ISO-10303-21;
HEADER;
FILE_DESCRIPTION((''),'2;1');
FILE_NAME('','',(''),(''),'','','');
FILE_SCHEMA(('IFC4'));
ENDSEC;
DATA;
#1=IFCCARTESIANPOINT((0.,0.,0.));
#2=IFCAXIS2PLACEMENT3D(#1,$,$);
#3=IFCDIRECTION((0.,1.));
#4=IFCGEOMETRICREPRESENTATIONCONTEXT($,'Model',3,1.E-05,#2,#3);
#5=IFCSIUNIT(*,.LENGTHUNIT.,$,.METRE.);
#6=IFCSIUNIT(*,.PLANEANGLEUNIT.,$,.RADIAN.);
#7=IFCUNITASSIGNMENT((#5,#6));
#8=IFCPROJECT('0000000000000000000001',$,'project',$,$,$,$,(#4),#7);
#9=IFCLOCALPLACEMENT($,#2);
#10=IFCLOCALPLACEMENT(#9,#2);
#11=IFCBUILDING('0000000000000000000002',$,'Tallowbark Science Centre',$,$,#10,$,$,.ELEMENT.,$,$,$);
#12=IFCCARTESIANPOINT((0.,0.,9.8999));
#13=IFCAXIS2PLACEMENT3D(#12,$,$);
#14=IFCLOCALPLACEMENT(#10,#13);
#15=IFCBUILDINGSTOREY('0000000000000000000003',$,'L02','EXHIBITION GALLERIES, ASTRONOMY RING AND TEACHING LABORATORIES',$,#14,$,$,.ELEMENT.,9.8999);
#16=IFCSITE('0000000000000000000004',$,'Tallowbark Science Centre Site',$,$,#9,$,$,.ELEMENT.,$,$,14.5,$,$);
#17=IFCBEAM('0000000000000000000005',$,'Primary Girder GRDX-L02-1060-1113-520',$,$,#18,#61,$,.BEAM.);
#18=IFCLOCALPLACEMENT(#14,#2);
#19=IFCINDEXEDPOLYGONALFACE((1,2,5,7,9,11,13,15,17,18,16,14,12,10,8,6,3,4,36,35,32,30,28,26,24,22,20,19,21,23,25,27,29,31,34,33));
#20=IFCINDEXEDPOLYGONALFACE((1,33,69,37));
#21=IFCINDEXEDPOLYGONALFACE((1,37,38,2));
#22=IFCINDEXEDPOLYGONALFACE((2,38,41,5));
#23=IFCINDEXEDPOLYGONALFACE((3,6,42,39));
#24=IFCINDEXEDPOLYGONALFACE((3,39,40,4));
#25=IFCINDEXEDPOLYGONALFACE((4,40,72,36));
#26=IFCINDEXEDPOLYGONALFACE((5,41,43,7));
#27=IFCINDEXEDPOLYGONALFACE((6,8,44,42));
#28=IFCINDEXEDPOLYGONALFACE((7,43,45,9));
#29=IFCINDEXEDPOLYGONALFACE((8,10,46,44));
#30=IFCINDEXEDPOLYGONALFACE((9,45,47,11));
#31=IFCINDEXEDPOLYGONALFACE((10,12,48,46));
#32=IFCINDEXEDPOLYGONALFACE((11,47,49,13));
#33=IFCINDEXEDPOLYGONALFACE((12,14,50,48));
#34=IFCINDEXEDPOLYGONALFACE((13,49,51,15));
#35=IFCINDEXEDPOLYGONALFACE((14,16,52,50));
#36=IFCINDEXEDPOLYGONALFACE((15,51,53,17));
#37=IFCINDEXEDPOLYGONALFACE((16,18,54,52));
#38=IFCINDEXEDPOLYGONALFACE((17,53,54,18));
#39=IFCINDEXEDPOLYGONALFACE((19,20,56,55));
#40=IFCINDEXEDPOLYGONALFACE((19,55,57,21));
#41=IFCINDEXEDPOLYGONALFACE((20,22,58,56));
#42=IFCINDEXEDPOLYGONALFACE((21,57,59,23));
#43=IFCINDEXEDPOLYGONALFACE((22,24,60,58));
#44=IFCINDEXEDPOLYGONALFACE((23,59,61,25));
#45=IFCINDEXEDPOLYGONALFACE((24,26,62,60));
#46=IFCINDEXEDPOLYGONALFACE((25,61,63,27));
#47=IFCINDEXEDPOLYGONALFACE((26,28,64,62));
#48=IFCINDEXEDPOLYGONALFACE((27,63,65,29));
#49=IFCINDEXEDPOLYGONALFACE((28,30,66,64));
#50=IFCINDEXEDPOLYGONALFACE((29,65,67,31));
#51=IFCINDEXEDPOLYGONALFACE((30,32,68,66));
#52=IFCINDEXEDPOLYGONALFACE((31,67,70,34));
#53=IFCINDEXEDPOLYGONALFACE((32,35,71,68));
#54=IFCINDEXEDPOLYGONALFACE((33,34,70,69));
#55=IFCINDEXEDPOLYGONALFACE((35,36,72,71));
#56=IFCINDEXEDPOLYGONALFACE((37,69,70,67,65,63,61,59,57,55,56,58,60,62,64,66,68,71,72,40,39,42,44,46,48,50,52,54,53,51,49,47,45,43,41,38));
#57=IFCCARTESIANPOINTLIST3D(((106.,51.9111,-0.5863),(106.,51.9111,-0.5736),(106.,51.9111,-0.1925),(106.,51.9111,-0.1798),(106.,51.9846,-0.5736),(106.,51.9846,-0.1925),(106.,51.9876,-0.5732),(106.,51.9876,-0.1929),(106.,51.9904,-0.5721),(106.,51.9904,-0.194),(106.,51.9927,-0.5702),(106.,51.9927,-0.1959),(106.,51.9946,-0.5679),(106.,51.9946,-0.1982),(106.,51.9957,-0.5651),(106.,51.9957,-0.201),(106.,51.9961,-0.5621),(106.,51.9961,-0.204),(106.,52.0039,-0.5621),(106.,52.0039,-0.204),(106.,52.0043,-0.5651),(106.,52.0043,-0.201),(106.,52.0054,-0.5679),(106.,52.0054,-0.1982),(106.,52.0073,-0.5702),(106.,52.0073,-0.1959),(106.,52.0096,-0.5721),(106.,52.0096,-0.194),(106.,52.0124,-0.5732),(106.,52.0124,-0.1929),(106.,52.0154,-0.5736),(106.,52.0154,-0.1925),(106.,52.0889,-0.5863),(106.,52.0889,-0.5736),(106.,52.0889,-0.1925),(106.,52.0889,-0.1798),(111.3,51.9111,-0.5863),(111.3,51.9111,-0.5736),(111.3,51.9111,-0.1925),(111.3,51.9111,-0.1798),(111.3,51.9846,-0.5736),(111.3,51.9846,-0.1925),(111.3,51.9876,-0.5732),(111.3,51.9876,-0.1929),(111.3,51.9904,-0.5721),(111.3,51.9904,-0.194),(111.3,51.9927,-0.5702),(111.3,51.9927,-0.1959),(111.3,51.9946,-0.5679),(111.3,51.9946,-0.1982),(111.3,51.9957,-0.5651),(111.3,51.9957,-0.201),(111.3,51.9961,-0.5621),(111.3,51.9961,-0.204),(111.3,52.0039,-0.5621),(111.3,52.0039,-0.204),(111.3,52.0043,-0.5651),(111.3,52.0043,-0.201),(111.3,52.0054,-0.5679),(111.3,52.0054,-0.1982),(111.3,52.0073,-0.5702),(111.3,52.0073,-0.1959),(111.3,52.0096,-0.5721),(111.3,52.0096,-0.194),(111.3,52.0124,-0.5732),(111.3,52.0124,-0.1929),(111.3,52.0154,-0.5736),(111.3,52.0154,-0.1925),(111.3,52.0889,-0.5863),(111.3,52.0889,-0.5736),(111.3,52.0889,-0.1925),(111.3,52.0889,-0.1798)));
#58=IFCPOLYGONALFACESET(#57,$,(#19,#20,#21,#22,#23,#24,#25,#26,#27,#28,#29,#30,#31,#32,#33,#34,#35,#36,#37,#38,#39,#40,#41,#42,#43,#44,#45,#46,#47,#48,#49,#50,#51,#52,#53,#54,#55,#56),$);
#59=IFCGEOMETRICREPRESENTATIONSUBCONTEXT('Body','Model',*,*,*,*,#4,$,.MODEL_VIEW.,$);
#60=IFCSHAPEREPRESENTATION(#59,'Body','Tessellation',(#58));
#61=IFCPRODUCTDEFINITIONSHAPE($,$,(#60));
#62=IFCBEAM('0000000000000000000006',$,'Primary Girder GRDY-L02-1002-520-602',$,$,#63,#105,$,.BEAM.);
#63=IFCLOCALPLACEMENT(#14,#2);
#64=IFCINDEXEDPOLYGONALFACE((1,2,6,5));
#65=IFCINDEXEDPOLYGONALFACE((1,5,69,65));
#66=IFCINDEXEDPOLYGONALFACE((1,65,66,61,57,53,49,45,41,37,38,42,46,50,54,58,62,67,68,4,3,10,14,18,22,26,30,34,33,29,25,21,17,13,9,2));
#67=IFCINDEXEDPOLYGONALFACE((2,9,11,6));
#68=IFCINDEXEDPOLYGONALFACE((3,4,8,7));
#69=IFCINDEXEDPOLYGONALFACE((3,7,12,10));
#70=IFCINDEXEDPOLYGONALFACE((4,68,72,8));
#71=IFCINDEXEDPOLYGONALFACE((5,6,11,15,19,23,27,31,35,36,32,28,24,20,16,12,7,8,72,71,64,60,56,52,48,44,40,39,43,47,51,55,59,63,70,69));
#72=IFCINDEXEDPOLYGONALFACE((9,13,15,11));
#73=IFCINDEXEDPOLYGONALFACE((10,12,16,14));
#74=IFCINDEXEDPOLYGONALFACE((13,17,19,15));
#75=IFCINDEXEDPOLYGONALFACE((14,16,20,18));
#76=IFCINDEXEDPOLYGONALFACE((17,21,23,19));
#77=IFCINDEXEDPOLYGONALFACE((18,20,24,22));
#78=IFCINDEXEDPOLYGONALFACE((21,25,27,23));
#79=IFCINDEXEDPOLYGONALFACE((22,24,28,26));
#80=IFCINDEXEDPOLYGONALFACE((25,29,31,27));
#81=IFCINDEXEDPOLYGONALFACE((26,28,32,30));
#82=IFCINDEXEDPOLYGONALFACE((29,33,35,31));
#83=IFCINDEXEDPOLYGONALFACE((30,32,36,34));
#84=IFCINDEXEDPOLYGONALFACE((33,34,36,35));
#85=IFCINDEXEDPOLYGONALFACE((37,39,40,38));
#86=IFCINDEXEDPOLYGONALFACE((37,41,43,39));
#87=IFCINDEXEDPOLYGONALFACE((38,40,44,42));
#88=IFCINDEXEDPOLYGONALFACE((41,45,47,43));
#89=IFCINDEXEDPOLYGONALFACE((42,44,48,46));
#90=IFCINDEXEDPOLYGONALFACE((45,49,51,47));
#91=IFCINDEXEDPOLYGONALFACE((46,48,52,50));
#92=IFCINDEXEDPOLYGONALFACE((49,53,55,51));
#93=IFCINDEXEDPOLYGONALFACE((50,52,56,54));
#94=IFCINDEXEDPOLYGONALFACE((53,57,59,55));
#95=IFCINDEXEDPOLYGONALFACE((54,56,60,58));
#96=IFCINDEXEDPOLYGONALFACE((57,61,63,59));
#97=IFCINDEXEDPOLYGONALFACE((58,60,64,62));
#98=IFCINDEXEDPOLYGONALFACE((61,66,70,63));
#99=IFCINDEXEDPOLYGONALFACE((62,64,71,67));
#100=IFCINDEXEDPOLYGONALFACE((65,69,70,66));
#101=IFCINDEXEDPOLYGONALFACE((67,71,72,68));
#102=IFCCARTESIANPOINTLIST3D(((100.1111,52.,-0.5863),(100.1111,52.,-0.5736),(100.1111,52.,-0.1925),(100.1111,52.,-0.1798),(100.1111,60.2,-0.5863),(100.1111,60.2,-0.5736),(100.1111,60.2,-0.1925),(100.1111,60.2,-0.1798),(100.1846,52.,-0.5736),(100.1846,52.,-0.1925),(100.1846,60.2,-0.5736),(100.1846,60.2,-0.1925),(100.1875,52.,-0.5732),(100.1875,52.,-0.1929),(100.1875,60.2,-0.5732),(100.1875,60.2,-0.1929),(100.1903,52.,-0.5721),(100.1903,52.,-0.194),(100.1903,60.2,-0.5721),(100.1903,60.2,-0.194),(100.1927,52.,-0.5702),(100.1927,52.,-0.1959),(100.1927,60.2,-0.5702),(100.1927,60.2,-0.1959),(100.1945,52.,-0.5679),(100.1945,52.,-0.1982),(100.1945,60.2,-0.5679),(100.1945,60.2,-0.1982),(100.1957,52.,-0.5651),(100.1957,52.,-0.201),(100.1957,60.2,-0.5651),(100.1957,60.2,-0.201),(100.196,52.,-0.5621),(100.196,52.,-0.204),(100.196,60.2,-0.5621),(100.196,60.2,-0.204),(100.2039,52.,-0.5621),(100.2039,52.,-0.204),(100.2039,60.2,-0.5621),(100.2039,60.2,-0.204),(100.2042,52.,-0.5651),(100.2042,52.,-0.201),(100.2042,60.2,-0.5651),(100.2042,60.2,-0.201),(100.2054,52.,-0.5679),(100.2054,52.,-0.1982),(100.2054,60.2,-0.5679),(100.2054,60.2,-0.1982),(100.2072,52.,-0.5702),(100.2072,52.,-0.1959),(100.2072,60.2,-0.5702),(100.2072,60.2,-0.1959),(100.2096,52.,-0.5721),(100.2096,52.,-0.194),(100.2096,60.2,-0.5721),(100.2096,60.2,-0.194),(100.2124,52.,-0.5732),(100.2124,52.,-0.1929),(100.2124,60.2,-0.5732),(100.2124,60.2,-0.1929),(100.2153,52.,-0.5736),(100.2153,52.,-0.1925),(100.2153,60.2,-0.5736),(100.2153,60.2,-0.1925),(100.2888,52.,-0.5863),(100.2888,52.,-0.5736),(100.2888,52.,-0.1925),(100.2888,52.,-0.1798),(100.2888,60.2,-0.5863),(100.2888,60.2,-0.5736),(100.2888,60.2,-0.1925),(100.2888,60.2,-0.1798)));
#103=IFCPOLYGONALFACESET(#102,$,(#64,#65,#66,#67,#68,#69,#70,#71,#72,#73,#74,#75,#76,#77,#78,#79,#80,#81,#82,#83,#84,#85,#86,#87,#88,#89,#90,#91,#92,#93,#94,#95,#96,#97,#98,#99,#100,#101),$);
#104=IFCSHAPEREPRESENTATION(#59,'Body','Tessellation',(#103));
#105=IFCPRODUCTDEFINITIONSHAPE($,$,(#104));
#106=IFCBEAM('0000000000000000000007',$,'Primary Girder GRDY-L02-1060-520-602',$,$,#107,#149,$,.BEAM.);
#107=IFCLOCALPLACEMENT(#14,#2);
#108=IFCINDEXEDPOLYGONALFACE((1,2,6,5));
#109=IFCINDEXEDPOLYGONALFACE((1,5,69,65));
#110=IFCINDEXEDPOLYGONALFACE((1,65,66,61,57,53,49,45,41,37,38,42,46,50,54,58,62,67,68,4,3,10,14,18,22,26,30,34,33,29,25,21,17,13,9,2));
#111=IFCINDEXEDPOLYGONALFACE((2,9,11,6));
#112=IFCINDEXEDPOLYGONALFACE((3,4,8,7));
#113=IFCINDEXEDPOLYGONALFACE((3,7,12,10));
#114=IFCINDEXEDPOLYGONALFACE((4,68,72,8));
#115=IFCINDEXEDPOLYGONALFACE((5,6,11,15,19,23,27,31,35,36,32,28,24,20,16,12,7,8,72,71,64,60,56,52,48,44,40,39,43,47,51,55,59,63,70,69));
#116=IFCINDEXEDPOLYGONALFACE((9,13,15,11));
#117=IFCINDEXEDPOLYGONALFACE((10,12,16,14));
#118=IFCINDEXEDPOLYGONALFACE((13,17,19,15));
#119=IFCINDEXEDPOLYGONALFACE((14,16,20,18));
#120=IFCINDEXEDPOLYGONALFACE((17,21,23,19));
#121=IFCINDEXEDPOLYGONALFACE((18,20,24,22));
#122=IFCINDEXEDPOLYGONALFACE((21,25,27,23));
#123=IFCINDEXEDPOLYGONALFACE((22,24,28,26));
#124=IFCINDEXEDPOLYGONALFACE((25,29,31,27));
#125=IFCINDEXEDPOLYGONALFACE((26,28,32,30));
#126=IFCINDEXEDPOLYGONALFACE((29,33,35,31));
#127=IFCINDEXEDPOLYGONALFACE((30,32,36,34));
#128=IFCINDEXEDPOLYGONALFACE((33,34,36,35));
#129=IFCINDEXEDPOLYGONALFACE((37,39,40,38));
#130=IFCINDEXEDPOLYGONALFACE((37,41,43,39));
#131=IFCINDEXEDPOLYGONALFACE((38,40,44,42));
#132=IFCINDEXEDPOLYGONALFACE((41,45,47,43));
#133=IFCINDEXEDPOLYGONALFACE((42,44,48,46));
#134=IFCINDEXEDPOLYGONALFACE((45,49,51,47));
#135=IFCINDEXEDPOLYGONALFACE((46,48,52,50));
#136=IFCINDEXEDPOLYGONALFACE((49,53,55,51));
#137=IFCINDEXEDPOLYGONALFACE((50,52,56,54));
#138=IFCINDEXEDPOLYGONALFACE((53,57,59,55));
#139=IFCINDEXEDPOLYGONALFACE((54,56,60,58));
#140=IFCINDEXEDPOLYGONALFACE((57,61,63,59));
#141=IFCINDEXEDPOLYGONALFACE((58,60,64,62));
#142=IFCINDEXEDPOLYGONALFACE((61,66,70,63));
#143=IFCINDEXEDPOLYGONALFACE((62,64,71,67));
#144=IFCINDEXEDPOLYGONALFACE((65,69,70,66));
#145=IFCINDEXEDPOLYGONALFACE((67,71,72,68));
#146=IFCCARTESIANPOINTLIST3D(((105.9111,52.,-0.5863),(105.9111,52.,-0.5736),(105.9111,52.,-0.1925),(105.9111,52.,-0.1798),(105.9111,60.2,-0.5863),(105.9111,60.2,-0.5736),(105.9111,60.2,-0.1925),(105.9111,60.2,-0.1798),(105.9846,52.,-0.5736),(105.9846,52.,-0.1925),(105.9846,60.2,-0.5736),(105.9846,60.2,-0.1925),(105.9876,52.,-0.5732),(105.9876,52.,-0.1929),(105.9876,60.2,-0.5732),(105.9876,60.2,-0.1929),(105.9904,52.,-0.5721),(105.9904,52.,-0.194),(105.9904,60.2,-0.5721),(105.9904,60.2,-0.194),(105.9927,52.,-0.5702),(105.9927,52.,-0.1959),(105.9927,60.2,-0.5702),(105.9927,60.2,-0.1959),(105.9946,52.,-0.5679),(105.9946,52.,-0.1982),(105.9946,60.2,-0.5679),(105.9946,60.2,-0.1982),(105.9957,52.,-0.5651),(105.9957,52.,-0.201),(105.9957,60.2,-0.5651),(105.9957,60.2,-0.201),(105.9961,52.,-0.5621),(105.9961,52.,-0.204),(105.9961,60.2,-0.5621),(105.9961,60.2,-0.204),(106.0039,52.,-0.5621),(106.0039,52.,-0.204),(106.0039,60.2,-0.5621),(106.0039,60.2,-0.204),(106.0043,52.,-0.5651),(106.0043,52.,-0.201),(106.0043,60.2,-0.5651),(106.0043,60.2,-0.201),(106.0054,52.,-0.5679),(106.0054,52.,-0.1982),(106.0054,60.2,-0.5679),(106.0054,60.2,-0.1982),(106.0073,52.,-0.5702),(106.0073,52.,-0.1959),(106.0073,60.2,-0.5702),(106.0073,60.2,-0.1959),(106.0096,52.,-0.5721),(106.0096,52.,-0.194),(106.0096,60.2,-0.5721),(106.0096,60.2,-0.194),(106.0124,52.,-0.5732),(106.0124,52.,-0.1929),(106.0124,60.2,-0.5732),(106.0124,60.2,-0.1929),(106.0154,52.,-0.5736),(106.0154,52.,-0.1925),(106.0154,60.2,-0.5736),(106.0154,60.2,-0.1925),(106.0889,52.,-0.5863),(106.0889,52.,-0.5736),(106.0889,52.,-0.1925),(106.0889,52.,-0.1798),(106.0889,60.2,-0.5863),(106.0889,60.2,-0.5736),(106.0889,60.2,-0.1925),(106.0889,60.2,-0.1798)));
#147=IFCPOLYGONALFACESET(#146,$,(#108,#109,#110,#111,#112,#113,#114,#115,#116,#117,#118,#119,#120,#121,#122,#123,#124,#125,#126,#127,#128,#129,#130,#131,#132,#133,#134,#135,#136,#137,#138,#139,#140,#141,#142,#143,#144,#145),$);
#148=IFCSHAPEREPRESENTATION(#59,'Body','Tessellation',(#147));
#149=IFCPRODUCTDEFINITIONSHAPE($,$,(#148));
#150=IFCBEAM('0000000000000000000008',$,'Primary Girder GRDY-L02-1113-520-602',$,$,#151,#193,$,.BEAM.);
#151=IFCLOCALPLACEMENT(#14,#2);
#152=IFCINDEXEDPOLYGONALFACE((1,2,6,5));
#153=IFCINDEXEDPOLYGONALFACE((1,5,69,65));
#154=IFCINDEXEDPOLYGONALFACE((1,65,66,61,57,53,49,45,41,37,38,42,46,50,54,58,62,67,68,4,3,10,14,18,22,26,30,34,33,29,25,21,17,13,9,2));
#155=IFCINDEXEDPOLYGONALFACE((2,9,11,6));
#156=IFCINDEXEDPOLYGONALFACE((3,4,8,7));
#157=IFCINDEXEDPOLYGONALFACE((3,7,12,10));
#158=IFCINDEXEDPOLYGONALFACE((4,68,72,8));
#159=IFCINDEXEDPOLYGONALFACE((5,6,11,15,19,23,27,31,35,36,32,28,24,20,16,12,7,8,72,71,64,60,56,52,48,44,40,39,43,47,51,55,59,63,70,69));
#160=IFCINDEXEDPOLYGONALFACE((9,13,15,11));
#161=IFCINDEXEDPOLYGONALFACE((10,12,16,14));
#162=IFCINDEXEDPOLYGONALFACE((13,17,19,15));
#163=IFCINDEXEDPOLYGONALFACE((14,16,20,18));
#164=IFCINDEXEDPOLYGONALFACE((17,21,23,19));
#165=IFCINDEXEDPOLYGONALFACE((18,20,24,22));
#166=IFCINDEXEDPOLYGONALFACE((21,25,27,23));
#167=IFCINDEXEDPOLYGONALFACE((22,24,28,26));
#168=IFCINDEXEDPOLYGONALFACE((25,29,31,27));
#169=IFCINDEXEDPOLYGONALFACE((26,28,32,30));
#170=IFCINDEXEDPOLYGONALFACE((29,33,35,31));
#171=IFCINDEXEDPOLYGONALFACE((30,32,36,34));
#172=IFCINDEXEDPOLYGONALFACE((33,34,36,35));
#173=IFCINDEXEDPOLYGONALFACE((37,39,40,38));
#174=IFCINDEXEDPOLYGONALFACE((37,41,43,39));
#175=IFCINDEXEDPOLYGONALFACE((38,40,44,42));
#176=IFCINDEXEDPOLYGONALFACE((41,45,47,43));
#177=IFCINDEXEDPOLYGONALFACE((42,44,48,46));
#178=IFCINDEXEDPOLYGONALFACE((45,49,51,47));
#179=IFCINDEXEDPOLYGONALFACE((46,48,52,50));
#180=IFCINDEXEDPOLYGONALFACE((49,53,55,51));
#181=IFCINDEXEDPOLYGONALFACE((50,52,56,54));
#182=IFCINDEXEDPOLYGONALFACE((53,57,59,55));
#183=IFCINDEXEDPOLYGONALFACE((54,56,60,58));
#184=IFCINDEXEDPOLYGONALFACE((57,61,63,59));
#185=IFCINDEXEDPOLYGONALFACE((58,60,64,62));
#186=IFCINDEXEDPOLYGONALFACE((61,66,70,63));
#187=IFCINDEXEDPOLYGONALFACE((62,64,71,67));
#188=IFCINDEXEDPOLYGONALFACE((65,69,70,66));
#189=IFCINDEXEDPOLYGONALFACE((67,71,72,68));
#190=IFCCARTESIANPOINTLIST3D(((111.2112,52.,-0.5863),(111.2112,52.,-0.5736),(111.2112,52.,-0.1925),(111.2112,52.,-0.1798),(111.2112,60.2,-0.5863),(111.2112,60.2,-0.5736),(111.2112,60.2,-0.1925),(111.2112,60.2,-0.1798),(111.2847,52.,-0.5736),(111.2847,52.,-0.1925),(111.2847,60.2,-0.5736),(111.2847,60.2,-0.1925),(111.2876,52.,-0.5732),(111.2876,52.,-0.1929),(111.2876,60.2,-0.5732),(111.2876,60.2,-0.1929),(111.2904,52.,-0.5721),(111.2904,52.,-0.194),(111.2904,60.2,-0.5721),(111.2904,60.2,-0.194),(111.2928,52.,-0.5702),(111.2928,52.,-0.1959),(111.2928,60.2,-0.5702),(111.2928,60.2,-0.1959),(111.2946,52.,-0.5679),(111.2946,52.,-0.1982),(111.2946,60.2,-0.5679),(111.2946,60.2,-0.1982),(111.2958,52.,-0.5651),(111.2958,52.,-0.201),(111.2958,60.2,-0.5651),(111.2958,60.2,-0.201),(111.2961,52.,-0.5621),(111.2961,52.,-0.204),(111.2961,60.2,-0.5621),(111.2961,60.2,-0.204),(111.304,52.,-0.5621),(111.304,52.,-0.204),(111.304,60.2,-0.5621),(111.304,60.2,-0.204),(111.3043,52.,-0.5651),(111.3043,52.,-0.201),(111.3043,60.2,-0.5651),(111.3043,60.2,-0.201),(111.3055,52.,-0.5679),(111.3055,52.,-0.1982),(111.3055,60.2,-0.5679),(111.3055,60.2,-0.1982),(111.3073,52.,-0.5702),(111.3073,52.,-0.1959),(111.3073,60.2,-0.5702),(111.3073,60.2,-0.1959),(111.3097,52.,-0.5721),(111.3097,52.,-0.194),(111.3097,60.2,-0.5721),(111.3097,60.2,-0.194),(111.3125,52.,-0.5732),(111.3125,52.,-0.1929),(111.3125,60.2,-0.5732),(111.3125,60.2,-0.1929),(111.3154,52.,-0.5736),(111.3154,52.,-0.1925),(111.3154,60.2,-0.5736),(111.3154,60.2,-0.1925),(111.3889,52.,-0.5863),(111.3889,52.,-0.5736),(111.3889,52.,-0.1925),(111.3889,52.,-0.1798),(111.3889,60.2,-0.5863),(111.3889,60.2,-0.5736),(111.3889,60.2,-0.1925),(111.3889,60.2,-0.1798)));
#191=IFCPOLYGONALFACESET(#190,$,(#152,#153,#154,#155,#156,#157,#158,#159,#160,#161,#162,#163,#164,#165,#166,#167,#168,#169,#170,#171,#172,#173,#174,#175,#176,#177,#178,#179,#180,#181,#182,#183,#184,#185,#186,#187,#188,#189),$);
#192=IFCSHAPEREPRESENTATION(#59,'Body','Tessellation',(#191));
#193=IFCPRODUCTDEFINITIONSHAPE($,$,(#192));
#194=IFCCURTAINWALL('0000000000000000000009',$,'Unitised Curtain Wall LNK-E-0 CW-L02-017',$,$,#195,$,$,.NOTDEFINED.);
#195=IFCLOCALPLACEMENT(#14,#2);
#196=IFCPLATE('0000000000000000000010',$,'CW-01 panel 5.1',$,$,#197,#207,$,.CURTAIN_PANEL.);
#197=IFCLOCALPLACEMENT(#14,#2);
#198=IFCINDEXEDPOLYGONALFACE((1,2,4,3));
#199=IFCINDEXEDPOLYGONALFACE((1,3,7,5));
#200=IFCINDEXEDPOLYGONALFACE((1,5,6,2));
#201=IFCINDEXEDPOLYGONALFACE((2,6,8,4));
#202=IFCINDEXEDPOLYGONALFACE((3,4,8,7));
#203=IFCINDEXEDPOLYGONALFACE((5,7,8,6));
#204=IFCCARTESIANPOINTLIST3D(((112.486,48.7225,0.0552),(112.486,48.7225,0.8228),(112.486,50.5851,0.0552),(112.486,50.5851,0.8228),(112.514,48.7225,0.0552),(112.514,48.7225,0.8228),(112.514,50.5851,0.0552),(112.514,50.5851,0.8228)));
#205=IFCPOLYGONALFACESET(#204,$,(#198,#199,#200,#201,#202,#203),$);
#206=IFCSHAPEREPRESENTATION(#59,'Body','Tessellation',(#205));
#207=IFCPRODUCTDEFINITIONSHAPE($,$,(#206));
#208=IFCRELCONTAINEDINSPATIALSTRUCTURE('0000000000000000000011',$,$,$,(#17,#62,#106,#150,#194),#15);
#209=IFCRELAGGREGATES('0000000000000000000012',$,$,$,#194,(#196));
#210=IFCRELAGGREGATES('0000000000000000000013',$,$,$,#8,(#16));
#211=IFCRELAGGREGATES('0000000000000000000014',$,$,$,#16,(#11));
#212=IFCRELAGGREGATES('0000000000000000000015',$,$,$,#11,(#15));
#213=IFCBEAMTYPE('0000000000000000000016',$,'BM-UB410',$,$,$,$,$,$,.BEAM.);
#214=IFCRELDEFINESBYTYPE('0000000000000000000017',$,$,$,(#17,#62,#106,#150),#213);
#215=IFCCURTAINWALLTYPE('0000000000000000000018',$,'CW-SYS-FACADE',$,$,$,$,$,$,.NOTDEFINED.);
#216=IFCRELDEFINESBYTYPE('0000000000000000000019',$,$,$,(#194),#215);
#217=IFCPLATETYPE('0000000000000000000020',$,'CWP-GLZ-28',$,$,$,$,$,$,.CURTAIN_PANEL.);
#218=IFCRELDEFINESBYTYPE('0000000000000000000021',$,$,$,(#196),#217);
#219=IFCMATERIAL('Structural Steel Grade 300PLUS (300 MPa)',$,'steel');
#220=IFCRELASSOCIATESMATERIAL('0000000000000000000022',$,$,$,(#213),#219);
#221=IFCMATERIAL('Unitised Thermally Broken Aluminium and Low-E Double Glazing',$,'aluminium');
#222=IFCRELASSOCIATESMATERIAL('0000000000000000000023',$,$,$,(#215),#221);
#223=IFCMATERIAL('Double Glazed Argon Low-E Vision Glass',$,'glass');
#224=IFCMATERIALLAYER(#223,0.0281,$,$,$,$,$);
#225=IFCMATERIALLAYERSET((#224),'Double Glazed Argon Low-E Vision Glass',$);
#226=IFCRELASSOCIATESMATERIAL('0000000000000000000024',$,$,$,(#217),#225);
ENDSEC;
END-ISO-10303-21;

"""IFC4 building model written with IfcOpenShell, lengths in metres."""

from ifc_helpers import new_model, si_unit, direction, frame, origin, origin_2d, place, context, subcontext, project, spatial, rectangle, i_section, extrude, material, layer, layer_set, material_profile, profile_set, type_object, element, aggregate, save


model = new_model("IFC4")

# Units and contexts
model_context = context("Model", 3, precision=1e-05, world=origin(), true_north=direction((0.0, 1.0)))
body_context = subcontext(model_context, "Body", "Model", "MODEL_VIEW")
ifc_project = project(units=[si_unit("LENGTHUNIT", "METRE"), si_unit("PLANEANGLEUNIT", "RADIAN")], contexts=[model_context])

# Site, building, storey
site_placement = place(None, origin())
site = spatial("IfcSite", under=ifc_project, at=site_placement, Name="Tallowbark Science Centre Site", CompositionType="ELEMENT", RefElevation=14.5)
building_placement = place(site_placement, origin())
building = spatial("IfcBuilding", under=site, at=building_placement, Name="Tallowbark Science Centre", CompositionType="ELEMENT")
storey_placement = place(building_placement, frame((0.0, 0.0, 9.8999)))
storey = spatial("IfcBuildingStorey", under=building, at=storey_placement, Name="L02", Description="EXHIBITION GALLERIES, ASTRONOMY RING AND TEACHING LABORATORIES", CompositionType="ELEMENT", Elevation=9.8999)

# Shared definitions
ifc_material_1 = material(Name="Structural Steel Grade 300PLUS (300 MPa)", Category="steel")

# Beams
ifc_material_profile_1 = material_profile(ifc_material_1, i_section(OverallWidth=0.1777, OverallDepth=0.4065, WebThickness=0.0078, FlangeThickness=0.0127, FilletRadius=0.0115, at=origin_2d()), Name="410UB59.7")
ifc_profile_set_1 = profile_set([ifc_material_profile_1], Name="Structural Steel Grade 300PLUS (300 MPa)")
beam_type = type_object("IfcBeamType", Name="BM-UB410", PredefinedType="BEAM", material=ifc_profile_set_1)
beam_1_placement = place(storey_placement, frame((106.0, 52.0, -0.3831), z_axis=(1.0, 0.0, 0.0), x_axis=(0.0, 1.0, 0.0)))
element("IfcBeam", 1, at=beam_1_placement, inside=storey, type_object=beam_type, Name="Primary Girder GRDX-L02-1060-1113-520", PredefinedType="BEAM", context=body_context, shape_type="SweptSolid", body=[
    extrude(i_section(OverallWidth=0.1777, OverallDepth=0.4065, WebThickness=0.0078, FlangeThickness=0.0127, FilletRadius=0.0115, at=origin_2d()), origin(), (0.0, 0.0, 1.0), 5.3),
])
for number, where, z_axis, x_axis, name in (
    (2, (100.2, 52.0, -0.3831), (0.0, 1.0, 0.0), (-1.0, 0.0, 0.0), "Primary Girder GRDY-L02-1002-520-602"),
    (3, (106.0, 52.0, -0.3831), (0.0, 1.0, 0.0), (-1.0, 0.0, 0.0), "Primary Girder GRDY-L02-1060-520-602"),
    (4, (111.3, 52.0, -0.3831), (0.0, 1.0, 0.0), (-1.0, 0.0, 0.0), "Primary Girder GRDY-L02-1113-520-602"),
):
    element("IfcBeam", number, at=place(storey_placement, frame(where, z_axis=z_axis, x_axis=x_axis)), inside=storey, type_object=beam_type, Name=name, PredefinedType="BEAM", context=body_context, shape_type="SweptSolid", body=[
        extrude(i_section(OverallWidth=0.1777, OverallDepth=0.4065, WebThickness=0.0078, FlangeThickness=0.0127, FilletRadius=0.0115, at=origin_2d()), origin(), (0.0, 0.0, 1.0), 8.2),
    ])

# Curtain wall, plate
ifc_material_2 = material(Name="Unitised Thermally Broken Aluminium and Low-E Double Glazing", Category="aluminium")
curtain_wall_type = type_object("IfcCurtainWallType", Name="CW-SYS-FACADE", PredefinedType="NOTDEFINED", material=ifc_material_2)
curtain_wall_placement = place(storey_placement, origin())
curtain_wall = element("IfcCurtainWall", 5, at=curtain_wall_placement, inside=storey, type_object=curtain_wall_type, Name="Unitised Curtain Wall LNK-E-0 CW-L02-017", PredefinedType="NOTDEFINED")
ifc_material_3 = material(Name="Double Glazed Argon Low-E Vision Glass", Category="glass")
ifc_layer_1 = layer(ifc_material_3, 0.0281)
ifc_layer_set_1 = layer_set([ifc_layer_1], Name="Double Glazed Argon Low-E Vision Glass")
plate_type = type_object("IfcPlateType", Name="CWP-GLZ-28", PredefinedType="CURTAIN_PANEL", material=ifc_layer_set_1)
plate_placement = place(storey_placement, frame((112.5, 49.6538, 0.0552), z_axis=(0.0, 0.0, 1.0), x_axis=(0.0, 1.0, 0.0)))
plate = element("IfcPlate", 6, at=plate_placement, type_object=plate_type, Name="CW-01 panel 5.1", PredefinedType="CURTAIN_PANEL", context=body_context, shape_type="SweptSolid", body=[
    extrude(rectangle(XDim=1.8625, YDim=0.0281, at=origin_2d()), origin(), (0.0, 0.0, 1.0), 0.7676),
])
aggregate(curtain_wall, [plate])

save(model, "model.ifc")
